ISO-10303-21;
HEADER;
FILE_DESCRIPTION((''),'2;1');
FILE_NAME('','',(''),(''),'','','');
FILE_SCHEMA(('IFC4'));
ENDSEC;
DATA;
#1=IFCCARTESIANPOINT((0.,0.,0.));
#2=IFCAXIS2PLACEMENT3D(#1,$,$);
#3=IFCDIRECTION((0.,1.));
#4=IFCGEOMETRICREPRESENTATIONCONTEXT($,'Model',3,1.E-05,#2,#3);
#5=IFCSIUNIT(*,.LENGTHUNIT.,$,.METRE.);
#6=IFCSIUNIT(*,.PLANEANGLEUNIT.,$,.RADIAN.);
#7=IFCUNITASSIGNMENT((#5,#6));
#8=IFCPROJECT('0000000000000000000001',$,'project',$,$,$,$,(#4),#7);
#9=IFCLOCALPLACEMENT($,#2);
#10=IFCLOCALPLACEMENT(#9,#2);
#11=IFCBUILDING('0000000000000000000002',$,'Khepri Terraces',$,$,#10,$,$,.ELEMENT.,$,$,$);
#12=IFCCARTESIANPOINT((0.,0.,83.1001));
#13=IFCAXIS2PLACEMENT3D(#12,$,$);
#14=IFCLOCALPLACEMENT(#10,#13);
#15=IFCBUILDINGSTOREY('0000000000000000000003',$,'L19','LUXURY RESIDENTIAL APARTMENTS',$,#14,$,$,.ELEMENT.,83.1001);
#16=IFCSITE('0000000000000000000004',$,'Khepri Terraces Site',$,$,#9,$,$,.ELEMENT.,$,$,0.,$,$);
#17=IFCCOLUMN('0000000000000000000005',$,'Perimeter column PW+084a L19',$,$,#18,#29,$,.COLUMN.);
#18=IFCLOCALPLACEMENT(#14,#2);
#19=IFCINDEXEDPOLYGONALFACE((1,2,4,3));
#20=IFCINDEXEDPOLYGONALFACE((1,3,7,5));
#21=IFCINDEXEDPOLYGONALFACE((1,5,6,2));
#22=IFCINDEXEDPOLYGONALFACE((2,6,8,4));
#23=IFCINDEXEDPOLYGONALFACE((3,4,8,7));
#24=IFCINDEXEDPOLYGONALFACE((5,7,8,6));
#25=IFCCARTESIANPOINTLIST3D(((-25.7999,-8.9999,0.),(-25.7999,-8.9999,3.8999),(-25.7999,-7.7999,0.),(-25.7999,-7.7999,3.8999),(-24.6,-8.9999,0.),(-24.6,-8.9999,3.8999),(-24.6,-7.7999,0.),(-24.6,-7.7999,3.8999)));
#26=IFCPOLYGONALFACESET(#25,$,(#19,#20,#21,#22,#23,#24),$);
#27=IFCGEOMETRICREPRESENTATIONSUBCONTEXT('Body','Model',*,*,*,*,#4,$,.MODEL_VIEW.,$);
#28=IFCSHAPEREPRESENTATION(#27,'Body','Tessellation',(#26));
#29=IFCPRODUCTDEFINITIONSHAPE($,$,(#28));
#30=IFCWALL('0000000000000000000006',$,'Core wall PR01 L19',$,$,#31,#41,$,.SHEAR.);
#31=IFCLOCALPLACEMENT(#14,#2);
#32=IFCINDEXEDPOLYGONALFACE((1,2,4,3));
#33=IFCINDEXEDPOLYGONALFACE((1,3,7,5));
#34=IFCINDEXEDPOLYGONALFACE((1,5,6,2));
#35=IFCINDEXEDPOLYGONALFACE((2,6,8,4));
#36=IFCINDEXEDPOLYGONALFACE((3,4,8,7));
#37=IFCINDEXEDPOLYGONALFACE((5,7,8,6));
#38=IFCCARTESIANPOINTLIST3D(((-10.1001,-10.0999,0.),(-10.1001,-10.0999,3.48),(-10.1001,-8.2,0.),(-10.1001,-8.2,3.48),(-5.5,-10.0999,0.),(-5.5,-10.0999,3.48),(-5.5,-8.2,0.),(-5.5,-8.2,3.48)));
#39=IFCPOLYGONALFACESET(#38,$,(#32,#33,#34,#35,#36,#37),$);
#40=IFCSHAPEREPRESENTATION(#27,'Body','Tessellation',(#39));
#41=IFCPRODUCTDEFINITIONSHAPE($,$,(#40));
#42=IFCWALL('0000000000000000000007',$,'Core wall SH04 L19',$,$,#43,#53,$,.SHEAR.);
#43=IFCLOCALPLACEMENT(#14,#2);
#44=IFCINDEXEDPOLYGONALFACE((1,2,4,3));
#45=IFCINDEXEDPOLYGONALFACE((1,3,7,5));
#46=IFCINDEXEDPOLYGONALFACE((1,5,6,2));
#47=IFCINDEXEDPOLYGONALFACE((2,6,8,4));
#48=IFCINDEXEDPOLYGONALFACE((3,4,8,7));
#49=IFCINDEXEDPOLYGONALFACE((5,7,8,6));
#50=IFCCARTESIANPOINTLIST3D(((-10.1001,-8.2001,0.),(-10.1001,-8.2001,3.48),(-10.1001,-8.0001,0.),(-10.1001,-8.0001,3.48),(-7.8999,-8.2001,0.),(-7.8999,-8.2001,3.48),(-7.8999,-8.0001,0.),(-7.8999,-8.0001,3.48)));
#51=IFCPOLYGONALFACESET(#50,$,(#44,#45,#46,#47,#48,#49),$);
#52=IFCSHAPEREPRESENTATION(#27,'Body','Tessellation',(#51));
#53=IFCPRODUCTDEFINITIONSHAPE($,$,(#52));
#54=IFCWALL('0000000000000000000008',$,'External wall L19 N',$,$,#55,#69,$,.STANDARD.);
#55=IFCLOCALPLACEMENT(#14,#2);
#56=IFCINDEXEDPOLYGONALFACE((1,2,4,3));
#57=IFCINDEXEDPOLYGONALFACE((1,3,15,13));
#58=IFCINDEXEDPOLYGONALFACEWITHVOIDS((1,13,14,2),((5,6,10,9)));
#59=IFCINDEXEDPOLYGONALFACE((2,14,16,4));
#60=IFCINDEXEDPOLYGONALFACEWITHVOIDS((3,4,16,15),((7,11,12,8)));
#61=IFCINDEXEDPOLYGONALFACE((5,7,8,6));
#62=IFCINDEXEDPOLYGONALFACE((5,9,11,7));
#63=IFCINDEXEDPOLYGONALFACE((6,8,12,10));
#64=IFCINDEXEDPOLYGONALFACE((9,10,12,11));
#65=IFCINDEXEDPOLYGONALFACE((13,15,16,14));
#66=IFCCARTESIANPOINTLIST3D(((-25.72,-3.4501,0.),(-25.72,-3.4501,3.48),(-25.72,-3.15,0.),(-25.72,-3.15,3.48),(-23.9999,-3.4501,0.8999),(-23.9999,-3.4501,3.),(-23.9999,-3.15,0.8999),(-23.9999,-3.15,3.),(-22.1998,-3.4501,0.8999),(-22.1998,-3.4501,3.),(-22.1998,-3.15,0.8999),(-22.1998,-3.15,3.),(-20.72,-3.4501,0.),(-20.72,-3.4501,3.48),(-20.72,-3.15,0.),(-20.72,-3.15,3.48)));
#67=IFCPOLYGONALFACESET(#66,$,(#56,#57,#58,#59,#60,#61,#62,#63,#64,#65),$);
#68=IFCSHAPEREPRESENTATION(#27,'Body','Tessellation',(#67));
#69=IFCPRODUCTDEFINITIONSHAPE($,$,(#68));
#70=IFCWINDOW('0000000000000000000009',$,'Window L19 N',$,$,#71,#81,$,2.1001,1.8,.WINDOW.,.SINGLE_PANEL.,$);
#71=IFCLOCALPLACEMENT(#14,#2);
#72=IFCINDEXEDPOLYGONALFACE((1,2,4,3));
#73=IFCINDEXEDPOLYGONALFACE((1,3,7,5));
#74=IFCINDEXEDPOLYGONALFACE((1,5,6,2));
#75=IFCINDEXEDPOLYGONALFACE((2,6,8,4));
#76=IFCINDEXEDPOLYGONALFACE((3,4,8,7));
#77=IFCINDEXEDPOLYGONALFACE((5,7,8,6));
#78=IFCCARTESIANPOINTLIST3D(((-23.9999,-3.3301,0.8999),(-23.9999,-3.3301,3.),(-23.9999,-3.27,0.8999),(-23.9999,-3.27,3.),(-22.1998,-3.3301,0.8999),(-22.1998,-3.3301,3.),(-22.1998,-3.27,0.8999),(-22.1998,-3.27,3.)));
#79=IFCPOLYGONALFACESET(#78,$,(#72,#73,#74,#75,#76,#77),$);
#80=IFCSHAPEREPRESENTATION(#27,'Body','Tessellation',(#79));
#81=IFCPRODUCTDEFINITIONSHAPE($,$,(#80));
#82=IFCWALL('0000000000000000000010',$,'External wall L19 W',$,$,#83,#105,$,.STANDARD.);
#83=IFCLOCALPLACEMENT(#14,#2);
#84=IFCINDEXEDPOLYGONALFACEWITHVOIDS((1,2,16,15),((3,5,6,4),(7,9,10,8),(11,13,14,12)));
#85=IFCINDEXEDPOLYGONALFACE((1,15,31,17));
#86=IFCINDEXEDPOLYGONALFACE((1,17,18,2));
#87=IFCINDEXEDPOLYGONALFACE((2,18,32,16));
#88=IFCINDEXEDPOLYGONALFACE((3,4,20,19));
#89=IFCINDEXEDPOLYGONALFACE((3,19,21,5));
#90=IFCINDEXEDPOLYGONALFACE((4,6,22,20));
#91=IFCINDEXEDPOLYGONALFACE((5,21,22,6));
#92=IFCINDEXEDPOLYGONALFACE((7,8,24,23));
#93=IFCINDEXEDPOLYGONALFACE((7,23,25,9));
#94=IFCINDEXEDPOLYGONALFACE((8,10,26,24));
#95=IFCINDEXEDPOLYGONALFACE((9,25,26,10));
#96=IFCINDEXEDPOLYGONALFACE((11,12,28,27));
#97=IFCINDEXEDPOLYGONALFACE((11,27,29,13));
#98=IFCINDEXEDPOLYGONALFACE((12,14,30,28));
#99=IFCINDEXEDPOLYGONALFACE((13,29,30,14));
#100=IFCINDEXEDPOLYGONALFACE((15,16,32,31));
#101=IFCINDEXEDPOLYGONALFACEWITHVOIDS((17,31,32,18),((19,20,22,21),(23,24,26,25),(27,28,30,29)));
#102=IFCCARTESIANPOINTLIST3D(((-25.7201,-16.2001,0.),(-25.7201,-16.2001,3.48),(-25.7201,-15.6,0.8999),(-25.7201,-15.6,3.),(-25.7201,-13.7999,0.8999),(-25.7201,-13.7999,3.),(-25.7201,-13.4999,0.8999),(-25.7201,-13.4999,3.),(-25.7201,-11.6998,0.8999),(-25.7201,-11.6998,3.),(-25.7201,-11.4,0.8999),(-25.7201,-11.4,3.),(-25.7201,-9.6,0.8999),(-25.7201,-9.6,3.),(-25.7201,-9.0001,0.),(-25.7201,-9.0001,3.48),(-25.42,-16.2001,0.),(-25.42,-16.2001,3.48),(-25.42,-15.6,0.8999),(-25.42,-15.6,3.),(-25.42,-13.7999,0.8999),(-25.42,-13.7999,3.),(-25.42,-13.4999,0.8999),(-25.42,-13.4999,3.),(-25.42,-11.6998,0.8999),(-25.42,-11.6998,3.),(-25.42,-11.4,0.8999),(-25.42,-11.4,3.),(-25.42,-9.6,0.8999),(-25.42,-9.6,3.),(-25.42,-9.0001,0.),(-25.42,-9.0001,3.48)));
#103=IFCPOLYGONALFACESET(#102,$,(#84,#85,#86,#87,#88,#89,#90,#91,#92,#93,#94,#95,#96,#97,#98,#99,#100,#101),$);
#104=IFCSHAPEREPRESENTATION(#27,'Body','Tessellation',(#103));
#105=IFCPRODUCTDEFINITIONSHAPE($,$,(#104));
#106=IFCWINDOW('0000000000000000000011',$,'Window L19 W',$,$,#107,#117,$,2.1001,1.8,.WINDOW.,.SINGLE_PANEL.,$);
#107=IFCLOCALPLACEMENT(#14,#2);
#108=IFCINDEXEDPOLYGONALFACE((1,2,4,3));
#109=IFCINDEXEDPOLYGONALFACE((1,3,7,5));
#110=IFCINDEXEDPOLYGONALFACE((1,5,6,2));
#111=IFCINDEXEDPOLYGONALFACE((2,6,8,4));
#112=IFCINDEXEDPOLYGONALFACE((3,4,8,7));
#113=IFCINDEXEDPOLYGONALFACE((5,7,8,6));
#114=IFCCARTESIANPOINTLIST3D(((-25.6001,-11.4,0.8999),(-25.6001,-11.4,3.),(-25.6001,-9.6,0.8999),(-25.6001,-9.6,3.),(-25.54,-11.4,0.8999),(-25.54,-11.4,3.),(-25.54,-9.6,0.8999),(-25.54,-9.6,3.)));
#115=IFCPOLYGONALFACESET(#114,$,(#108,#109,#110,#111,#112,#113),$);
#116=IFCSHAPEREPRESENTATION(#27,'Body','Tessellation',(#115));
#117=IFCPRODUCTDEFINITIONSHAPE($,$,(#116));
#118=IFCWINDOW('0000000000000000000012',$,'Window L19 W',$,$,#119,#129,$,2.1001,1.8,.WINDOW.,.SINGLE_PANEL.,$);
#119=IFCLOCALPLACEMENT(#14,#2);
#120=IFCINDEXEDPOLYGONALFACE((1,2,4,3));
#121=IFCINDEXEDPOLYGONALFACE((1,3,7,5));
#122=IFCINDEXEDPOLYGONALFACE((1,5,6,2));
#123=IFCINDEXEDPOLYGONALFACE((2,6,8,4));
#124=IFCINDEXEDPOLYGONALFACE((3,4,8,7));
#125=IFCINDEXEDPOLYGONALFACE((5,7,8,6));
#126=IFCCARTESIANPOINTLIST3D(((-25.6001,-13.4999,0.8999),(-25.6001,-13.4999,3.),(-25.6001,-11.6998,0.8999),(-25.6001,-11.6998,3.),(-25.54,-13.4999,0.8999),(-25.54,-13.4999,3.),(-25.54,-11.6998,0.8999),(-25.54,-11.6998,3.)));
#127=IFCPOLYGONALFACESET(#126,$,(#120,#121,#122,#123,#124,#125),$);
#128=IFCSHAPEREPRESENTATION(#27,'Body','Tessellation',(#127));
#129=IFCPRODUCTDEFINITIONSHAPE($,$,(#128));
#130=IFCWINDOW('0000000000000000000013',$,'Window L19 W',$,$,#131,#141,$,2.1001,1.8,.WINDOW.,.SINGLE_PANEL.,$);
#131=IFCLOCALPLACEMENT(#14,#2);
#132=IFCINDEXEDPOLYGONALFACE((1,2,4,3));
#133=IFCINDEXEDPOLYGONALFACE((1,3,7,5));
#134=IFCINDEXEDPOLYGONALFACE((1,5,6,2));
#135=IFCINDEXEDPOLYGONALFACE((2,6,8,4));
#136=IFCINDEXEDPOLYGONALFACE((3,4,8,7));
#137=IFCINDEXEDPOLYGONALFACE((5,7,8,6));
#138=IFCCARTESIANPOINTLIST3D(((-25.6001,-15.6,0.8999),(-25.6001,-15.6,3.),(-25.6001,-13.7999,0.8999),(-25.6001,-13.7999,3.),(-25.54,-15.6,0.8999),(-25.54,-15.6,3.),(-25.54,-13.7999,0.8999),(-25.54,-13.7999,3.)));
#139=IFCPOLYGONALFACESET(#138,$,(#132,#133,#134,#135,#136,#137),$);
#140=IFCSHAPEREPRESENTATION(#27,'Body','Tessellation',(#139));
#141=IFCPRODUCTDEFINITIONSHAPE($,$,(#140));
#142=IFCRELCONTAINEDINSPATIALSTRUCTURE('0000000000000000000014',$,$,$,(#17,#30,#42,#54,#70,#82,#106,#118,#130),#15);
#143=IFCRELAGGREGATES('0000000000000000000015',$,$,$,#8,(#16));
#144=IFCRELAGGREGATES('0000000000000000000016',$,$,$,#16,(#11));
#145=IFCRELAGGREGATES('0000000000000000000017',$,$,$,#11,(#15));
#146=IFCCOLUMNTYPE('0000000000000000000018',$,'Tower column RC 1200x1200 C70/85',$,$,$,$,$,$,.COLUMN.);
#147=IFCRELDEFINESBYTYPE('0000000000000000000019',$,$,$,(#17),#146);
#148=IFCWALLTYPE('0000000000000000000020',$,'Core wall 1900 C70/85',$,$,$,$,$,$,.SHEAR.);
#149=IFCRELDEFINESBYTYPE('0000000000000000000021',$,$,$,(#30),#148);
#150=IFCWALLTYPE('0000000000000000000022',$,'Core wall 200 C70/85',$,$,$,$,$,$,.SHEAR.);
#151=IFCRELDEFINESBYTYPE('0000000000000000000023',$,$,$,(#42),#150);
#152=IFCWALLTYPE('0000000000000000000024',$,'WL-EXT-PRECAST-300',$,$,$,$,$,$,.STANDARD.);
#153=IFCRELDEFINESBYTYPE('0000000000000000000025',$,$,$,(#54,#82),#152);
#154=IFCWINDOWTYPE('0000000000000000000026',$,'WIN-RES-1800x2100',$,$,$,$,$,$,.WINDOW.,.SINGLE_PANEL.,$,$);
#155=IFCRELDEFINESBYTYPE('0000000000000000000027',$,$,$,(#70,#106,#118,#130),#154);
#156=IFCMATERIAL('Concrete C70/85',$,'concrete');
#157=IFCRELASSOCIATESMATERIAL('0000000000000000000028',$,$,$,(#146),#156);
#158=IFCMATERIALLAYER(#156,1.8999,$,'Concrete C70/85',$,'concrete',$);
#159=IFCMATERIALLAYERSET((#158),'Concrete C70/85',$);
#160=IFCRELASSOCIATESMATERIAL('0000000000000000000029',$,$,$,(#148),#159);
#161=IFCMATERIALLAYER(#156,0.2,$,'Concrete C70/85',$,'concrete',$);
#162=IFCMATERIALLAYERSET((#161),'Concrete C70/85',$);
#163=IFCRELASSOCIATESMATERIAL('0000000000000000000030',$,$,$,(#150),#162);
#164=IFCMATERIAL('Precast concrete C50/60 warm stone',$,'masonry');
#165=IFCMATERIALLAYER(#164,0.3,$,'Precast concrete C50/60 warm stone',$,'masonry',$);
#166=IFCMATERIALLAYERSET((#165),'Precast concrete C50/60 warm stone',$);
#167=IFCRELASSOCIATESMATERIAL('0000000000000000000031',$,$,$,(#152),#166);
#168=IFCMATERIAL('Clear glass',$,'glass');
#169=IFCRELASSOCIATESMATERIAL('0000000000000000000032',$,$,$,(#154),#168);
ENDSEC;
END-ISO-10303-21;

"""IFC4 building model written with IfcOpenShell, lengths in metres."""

from ifc_helpers import new_model, si_unit, direction, frame, frame_2d, origin, origin_2d, place, context, subcontext, project, spatial, rectangle, extrude, material, layer, layer_set, material_profile, profile_set, type_object, element, fill, save


model = new_model("IFC4")

# Units and contexts
model_context = context("Model", 3, precision=1e-05, world=origin(), true_north=direction((0.0, 1.0)))
body_context = subcontext(model_context, "Body", "Model", "MODEL_VIEW")
ifc_project = project(units=[si_unit("LENGTHUNIT", "METRE"), si_unit("PLANEANGLEUNIT", "RADIAN")], contexts=[model_context])

# Site, building, storey
site_placement = place(None, origin())
site = spatial("IfcSite", under=ifc_project, at=site_placement, Name="Khepri Terraces Site", CompositionType="ELEMENT", RefElevation=0.0)
building_placement = place(site_placement, origin())
building = spatial("IfcBuilding", under=site, at=building_placement, Name="Khepri Terraces", CompositionType="ELEMENT")
storey_placement = place(building_placement, frame((0.0, 0.0, 83.1001)))
storey = spatial("IfcBuildingStorey", under=building, at=storey_placement, Name="L19", Description="LUXURY RESIDENTIAL APARTMENTS", CompositionType="ELEMENT", Elevation=83.1001)

# Column
ifc_material_1 = material(Name="Concrete C70/85", Category="concrete")
ifc_material_profile = material_profile(ifc_material_1, rectangle(XDim=1.2, YDim=1.2, at=origin_2d()), Name="Concrete C70/85", Category="concrete")
ifc_profile_set = profile_set([ifc_material_profile], Name="Concrete C70/85")
column_type = type_object("IfcColumnType", Name="Tower column RC 1200x1200 C70/85", PredefinedType="COLUMN", material=ifc_profile_set)
column_placement = place(storey_placement, frame((-25.2, -8.3999, 0.0), z_axis=(0.0, 0.0, 1.0), x_axis=(1.0, 0.0, 0.0)))
element("IfcColumn", 1, at=column_placement, inside=storey, type_object=column_type, Name="Perimeter column PW+084a L19", PredefinedType="COLUMN", context=body_context, shape_type="SweptSolid", body=[
    extrude(rectangle(XDim=1.2, YDim=1.2, at=origin_2d()), origin(), (0.0, 0.0, 1.0), 3.8999),
])

# Walls
ifc_layer_1 = layer(ifc_material_1, 1.8999, Name="Concrete C70/85", Category="concrete")
ifc_layer_set_1 = layer_set([ifc_layer_1], Name="Concrete C70/85")
wall_type_1 = type_object("IfcWallType", Name="Core wall 1900 C70/85", PredefinedType="SHEAR", material=ifc_layer_set_1)
wall_1_placement = place(storey_placement, frame((-10.1001, -9.1499, 0.0), z_axis=(0.0, 0.0, 1.0), x_axis=(1.0, 0.0, 0.0)))
element("IfcWall", 2, at=wall_1_placement, inside=storey, type_object=wall_type_1, Name="Core wall PR01 L19", PredefinedType="SHEAR", context=body_context, shape_type="SweptSolid", body=[
    extrude(rectangle(XDim=4.6001, YDim=1.8999, at=frame_2d((2.3, 0.0))), origin(), (0.0, 0.0, 1.0), 3.48),
])
ifc_layer_2 = layer(ifc_material_1, 0.2, Name="Concrete C70/85", Category="concrete")
ifc_layer_set_2 = layer_set([ifc_layer_2], Name="Concrete C70/85")
wall_type_2 = type_object("IfcWallType", Name="Core wall 200 C70/85", PredefinedType="SHEAR", material=ifc_layer_set_2)
wall_2_placement = place(storey_placement, frame((-10.1001, -8.1001, 0.0), z_axis=(0.0, 0.0, 1.0), x_axis=(1.0, 0.0, 0.0)))
element("IfcWall", 3, at=wall_2_placement, inside=storey, type_object=wall_type_2, Name="Core wall SH04 L19", PredefinedType="SHEAR", context=body_context, shape_type="SweptSolid", body=[
    extrude(rectangle(XDim=2.2002, YDim=0.2, at=frame_2d((1.1001, 0.0))), origin(), (0.0, 0.0, 1.0), 3.48),
])

# Wall, opening, window
ifc_material_2 = material(Name="Precast concrete C50/60 warm stone", Category="masonry")
ifc_layer_3 = layer(ifc_material_2, 0.3, Name="Precast concrete C50/60 warm stone", Category="masonry")
ifc_layer_set_3 = layer_set([ifc_layer_3], Name="Precast concrete C50/60 warm stone")
wall_type_3 = type_object("IfcWallType", Name="WL-EXT-PRECAST-300", PredefinedType="STANDARD", material=ifc_layer_set_3)
wall_3_placement = place(storey_placement, frame((-20.72, -3.3, 0.0), z_axis=(0.0, 0.0, 1.0), x_axis=(-1.0, 0.0, 0.0)))
wall_3 = element("IfcWall", 4, at=wall_3_placement, inside=storey, type_object=wall_type_3, Name="External wall L19 N", PredefinedType="STANDARD", context=body_context, shape_type="SweptSolid", body=[
    extrude(rectangle(XDim=5.0, YDim=0.3, at=frame_2d((2.5, 0.0))), origin(), (0.0, 0.0, 1.0), 3.48),
])
opening_1_placement = place(wall_3_placement, frame((1.48, 0.0, 0.8999)))
opening_1 = element("IfcOpeningElement", 5, at=opening_1_placement, cuts=wall_3, PredefinedType="OPENING", context=body_context, shape_type="SweptSolid", body=[
    extrude(rectangle(XDim=1.8, YDim=2.1001, at=frame_2d((0.8999, 1.05))), frame((0.0, 0.1602, 0.0), z_axis=(0.0, -1.0, 0.0), x_axis=(1.0, 0.0, 0.0)), (0.0, 0.0, 1.0), 0.3201),
])
ifc_material_3 = material(Name="Clear glass", Category="glass")
window_type = type_object("IfcWindowType", Name="WIN-RES-1800x2100", PartitioningType="SINGLE_PANEL", PredefinedType="WINDOW", material=ifc_material_3)
window_1_placement = place(opening_1_placement, origin())
window_1 = element("IfcWindow", 6, at=window_1_placement, inside=storey, type_object=window_type, Name="Window L19 N", OverallHeight=2.1001, OverallWidth=1.8, PartitioningType="SINGLE_PANEL", PredefinedType="WINDOW", context=body_context, shape_type="SweptSolid", body=[
    extrude(rectangle(XDim=1.8, YDim=2.1001, at=frame_2d((0.8999, 1.05))), frame((0.0, 0.03, 0.0), z_axis=(0.0, -1.0, 0.0), x_axis=(1.0, 0.0, 0.0)), (0.0, 0.0, 1.0), 0.0601),
])
fill(opening_1, window_1)

# Wall, openings, windows
wall_4_placement = place(storey_placement, frame((-25.5701, -9.0, 0.0), z_axis=(0.0, 0.0, 1.0), x_axis=(0.0, -1.0, 0.0)))
wall_4 = element("IfcWall", 7, at=wall_4_placement, inside=storey, type_object=wall_type_3, Name="External wall L19 W", PredefinedType="STANDARD", context=body_context, shape_type="SweptSolid", body=[
    extrude(rectangle(XDim=7.2, YDim=0.3, at=frame_2d((3.6001, 0.0))), origin(), (0.0, 0.0, 1.0), 3.48),
])
opening_2_placement = place(wall_4_placement, frame((0.6001, 0.0, 0.8999)))
opening_2 = element("IfcOpeningElement", 8, at=opening_2_placement, cuts=wall_4, PredefinedType="OPENING", context=body_context, shape_type="SweptSolid", body=[
    extrude(rectangle(XDim=1.8, YDim=2.1001, at=frame_2d((0.8999, 1.05))), frame((0.0, 0.1602, 0.0), z_axis=(0.0, -1.0, 0.0), x_axis=(1.0, 0.0, 0.0)), (0.0, 0.0, 1.0), 0.3201),
])
opening_3_placement = place(wall_4_placement, frame((2.7, 0.0, 0.8999)))
opening_3 = element("IfcOpeningElement", 9, at=opening_3_placement, cuts=wall_4, PredefinedType="OPENING", context=body_context, shape_type="SweptSolid", body=[
    extrude(rectangle(XDim=1.8, YDim=2.1001, at=frame_2d((0.8999, 1.05))), frame((0.0, 0.1602, 0.0), z_axis=(0.0, -1.0, 0.0), x_axis=(1.0, 0.0, 0.0)), (0.0, 0.0, 1.0), 0.3201),
])
opening_4_placement = place(wall_4_placement, frame((4.8, 0.0, 0.8999)))
opening_4 = element("IfcOpeningElement", 10, at=opening_4_placement, cuts=wall_4, PredefinedType="OPENING", context=body_context, shape_type="SweptSolid", body=[
    extrude(rectangle(XDim=1.8, YDim=2.1001, at=frame_2d((0.8999, 1.05))), frame((0.0, 0.1602, 0.0), z_axis=(0.0, -1.0, 0.0), x_axis=(1.0, 0.0, 0.0)), (0.0, 0.0, 1.0), 0.3201),
])
window_2_placement = place(opening_2_placement, origin())
window_2 = element("IfcWindow", 11, at=window_2_placement, inside=storey, type_object=window_type, Name="Window L19 W", OverallHeight=2.1001, OverallWidth=1.8, PartitioningType="SINGLE_PANEL", PredefinedType="WINDOW", context=body_context, shape_type="SweptSolid", body=[
    extrude(rectangle(XDim=1.8, YDim=2.1001, at=frame_2d((0.8999, 1.05))), frame((0.0, 0.03, 0.0), z_axis=(0.0, -1.0, 0.0), x_axis=(1.0, 0.0, 0.0)), (0.0, 0.0, 1.0), 0.0601),
])
fill(opening_2, window_2)
window_3_placement = place(opening_3_placement, origin())
window_3 = element("IfcWindow", 12, at=window_3_placement, inside=storey, type_object=window_type, Name="Window L19 W", OverallHeight=2.1001, OverallWidth=1.8, PartitioningType="SINGLE_PANEL", PredefinedType="WINDOW", context=body_context, shape_type="SweptSolid", body=[
    extrude(rectangle(XDim=1.8, YDim=2.1001, at=frame_2d((0.8999, 1.05))), frame((0.0, 0.03, 0.0), z_axis=(0.0, -1.0, 0.0), x_axis=(1.0, 0.0, 0.0)), (0.0, 0.0, 1.0), 0.0601),
])
fill(opening_3, window_3)
window_4_placement = place(opening_4_placement, origin())
window_4 = element("IfcWindow", 13, at=window_4_placement, inside=storey, type_object=window_type, Name="Window L19 W", OverallHeight=2.1001, OverallWidth=1.8, PartitioningType="SINGLE_PANEL", PredefinedType="WINDOW", context=body_context, shape_type="SweptSolid", body=[
    extrude(rectangle(XDim=1.8, YDim=2.1001, at=frame_2d((0.8999, 1.05))), frame((0.0, 0.03, 0.0), z_axis=(0.0, -1.0, 0.0), x_axis=(1.0, 0.0, 0.0)), (0.0, 0.0, 1.0), 0.0601),
])
fill(opening_4, window_4)

save(model, "model.ifc")
